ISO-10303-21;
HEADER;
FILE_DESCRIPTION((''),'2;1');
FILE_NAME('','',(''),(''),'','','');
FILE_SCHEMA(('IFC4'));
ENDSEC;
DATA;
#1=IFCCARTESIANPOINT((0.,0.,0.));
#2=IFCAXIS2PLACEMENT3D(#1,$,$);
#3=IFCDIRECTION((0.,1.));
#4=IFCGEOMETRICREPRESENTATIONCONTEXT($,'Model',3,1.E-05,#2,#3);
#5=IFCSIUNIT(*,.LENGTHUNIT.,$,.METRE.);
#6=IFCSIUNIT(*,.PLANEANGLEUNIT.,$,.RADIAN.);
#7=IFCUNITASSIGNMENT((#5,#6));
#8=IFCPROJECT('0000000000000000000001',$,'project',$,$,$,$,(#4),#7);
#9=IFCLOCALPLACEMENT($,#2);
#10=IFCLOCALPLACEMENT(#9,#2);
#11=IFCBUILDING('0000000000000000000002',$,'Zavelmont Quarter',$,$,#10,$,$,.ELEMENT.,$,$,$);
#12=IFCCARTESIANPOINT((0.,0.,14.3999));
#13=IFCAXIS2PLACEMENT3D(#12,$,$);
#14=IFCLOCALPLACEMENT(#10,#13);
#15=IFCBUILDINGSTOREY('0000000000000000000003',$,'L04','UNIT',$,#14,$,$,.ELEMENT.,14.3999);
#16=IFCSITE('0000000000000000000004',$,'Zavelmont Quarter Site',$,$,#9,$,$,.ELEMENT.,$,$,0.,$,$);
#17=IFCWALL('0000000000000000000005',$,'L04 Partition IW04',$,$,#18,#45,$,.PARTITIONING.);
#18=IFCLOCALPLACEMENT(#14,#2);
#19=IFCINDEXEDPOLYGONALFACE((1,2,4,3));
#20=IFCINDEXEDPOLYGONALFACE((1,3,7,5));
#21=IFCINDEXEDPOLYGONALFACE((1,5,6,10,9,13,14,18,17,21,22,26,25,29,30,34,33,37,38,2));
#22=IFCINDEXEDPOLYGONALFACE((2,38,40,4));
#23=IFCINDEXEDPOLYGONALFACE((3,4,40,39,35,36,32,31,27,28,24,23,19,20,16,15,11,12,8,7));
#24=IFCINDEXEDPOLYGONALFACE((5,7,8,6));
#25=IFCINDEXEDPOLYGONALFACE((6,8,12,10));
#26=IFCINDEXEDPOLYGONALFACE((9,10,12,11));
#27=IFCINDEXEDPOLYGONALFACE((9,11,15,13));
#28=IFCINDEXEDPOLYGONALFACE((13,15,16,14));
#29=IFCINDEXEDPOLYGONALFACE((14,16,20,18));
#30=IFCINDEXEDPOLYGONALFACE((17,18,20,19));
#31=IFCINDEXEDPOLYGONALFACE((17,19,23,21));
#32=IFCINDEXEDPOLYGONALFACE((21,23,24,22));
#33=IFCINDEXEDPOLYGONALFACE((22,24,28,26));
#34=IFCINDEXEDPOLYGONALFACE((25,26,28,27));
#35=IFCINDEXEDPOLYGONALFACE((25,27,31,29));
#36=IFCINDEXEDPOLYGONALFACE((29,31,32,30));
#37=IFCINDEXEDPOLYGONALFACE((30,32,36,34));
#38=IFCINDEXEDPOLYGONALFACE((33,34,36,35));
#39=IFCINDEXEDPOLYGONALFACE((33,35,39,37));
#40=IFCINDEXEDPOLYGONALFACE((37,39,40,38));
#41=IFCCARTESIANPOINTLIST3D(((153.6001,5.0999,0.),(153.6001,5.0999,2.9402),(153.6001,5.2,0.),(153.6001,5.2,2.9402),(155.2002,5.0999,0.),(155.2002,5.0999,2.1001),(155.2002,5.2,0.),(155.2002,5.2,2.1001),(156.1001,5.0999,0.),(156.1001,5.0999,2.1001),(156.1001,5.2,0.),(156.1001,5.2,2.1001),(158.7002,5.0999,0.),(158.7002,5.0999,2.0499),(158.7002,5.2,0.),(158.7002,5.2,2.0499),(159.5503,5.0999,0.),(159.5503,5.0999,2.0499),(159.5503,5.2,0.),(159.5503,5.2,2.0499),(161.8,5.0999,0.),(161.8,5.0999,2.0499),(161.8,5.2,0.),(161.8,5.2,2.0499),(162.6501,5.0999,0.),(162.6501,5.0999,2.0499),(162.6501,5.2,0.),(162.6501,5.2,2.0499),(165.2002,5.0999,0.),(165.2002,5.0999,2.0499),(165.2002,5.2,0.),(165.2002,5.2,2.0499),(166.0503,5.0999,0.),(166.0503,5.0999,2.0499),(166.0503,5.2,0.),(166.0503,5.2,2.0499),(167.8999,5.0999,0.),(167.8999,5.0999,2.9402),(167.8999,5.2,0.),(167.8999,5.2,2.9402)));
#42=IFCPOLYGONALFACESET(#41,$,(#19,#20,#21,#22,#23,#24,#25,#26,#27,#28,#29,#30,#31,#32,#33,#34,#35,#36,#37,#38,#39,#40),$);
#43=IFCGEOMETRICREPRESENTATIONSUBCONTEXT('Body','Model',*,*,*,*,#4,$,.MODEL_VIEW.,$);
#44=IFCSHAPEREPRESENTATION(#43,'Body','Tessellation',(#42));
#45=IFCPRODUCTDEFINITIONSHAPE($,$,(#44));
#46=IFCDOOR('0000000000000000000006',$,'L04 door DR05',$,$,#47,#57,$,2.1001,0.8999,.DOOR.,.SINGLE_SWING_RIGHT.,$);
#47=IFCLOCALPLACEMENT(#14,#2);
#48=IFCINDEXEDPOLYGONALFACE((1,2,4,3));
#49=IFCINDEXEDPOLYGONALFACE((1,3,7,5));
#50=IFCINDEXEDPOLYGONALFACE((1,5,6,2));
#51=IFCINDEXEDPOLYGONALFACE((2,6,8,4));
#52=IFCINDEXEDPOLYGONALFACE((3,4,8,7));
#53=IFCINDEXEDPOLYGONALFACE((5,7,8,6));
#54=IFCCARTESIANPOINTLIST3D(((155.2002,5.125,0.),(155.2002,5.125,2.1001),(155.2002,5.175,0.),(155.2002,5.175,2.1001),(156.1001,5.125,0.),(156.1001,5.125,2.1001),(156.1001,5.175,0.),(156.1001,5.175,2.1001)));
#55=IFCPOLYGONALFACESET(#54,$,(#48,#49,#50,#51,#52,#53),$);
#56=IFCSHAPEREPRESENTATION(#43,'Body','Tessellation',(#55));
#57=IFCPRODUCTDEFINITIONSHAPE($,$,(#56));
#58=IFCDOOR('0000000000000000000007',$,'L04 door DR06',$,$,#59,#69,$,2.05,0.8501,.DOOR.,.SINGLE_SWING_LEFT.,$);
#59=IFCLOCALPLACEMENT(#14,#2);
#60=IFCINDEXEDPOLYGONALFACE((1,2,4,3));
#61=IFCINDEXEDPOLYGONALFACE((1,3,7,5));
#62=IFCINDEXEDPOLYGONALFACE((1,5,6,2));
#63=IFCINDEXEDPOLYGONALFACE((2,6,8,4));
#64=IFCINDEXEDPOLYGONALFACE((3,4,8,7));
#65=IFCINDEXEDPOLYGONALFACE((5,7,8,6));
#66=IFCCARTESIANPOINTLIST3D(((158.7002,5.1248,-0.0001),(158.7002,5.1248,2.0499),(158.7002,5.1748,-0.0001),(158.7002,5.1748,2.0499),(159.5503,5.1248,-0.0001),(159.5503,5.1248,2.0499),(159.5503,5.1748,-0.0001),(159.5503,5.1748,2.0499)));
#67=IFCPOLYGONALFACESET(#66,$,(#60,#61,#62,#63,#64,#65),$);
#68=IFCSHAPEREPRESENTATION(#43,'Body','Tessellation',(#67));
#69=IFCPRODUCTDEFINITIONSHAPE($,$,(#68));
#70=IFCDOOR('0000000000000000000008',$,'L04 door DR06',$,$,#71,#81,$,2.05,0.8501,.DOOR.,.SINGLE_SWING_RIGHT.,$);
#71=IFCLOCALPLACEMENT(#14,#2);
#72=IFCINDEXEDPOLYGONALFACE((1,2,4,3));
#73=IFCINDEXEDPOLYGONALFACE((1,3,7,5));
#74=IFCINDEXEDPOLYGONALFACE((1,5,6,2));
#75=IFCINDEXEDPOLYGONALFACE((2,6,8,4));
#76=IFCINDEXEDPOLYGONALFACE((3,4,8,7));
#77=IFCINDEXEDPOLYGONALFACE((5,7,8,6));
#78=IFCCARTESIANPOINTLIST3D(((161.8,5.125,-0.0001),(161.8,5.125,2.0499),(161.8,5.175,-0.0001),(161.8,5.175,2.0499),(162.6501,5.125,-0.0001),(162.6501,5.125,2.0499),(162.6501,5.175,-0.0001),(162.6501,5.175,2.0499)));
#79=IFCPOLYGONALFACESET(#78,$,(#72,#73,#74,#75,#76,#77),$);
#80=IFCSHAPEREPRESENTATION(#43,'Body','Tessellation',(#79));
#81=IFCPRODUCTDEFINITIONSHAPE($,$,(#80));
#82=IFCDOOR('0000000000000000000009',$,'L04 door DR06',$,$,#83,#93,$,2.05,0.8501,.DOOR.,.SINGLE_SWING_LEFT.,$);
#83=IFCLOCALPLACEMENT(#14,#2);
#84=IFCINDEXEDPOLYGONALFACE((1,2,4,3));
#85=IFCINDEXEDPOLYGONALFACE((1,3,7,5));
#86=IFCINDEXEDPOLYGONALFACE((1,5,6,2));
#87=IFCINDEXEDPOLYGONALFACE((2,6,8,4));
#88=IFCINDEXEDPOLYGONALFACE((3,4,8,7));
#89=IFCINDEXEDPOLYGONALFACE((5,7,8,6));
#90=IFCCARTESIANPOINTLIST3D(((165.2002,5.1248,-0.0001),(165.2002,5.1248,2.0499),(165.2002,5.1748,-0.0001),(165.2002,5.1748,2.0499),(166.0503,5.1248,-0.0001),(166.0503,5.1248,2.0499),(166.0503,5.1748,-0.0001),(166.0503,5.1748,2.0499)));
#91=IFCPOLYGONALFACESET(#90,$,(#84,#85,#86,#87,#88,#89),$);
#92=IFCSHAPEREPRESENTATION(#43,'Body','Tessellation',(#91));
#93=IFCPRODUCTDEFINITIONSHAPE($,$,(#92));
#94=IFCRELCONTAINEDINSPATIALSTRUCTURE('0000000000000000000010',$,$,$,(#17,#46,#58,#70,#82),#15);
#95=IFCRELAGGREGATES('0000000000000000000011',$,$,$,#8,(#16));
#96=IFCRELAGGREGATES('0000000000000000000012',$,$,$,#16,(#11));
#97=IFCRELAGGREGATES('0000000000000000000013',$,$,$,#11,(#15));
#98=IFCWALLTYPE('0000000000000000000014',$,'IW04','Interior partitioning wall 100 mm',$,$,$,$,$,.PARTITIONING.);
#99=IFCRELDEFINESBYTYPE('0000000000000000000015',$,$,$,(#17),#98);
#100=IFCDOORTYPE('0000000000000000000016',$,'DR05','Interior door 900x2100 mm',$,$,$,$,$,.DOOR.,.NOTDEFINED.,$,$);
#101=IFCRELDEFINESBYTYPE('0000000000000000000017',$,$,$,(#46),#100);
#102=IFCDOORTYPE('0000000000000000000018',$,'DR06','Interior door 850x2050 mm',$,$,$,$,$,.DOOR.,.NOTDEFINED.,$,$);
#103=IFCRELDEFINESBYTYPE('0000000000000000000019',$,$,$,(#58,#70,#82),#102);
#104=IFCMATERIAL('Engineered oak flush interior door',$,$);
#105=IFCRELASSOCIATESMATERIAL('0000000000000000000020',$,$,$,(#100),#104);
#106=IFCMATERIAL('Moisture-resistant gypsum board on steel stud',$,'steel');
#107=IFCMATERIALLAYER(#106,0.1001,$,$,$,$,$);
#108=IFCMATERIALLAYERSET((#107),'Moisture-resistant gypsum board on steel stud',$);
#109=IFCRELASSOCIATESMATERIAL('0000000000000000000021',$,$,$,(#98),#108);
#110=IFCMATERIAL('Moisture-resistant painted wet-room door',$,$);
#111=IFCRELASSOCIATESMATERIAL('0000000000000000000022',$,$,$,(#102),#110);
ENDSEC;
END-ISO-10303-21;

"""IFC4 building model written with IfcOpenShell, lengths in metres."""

from ifc_helpers import new_model, si_unit, direction, frame, frame_2d, origin, origin_with_axes, place, context, subcontext, project, spatial, rectangle, extrude, material, layer, layer_set, type_object, element, fill, save


model = new_model("IFC4")

# Units and contexts
model_context = context("Model", 3, precision=1e-05, world=origin(), true_north=direction((0.0, 1.0)))
body_context = subcontext(model_context, "Body", "Model", "MODEL_VIEW")
ifc_project = project(units=[si_unit("LENGTHUNIT", "METRE"), si_unit("PLANEANGLEUNIT", "RADIAN")], contexts=[model_context])

# Site, building, storey
site_placement = place(None, origin())
site = spatial("IfcSite", under=ifc_project, at=site_placement, Name="Zavelmont Quarter Site", CompositionType="ELEMENT", RefElevation=0.0)
building_placement = place(site_placement, origin())
building = spatial("IfcBuilding", under=site, at=building_placement, Name="Zavelmont Quarter", CompositionType="ELEMENT")
storey_placement = place(building_placement, frame((0.0, 0.0, 14.3999)))
storey = spatial("IfcBuildingStorey", under=building, at=storey_placement, Name="L04", Description="UNIT", CompositionType="ELEMENT", Elevation=14.3999)

# Shared definitions
ifc_material_1 = material(Name="Engineered oak flush interior door")
door_type_1 = type_object("IfcDoorType", Name="DR05", Description="Interior door 900x2100 mm", OperationType="NOTDEFINED", PredefinedType="DOOR", material=ifc_material_1)

# Shared definitions
ifc_material_2 = material(Name="Moisture-resistant gypsum board on steel stud", Category="steel")
ifc_layer_1 = layer(ifc_material_2, 0.1001)
ifc_layer_set_1 = layer_set([ifc_layer_1], Name="Moisture-resistant gypsum board on steel stud")
wall_type_1 = type_object("IfcWallType", Name="IW04", Description="Interior partitioning wall 100 mm", PredefinedType="PARTITIONING", material=ifc_layer_set_1)

# Wall, openings, doors
wall_1_placement = place(storey_placement, frame((153.6001, 5.1499, 0.0), z_axis=(0.0, 0.0, 1.0), x_axis=(1.0, 0.0, 0.0)))
wall_1 = element("IfcWall", 1, at=wall_1_placement, inside=storey, type_object=wall_type_1, Name="L04 Partition IW04", PredefinedType="PARTITIONING", context=body_context, shape_type="SweptSolid", body=[
    extrude(rectangle(XDim=14.2998, YDim=0.1001, at=frame_2d((7.1499, 0.0))), origin(), (0.0, 0.0, 1.0), 2.9402),
])
opening_1_placement = place(wall_1_placement, frame((1.6001, 0.0, 0.0)))
opening_1 = element("IfcOpeningElement", 2, at=opening_1_placement, cuts=wall_1, PredefinedType="OPENING", context=body_context, shape_type="SweptSolid", body=[
    extrude(rectangle(XDim=0.8999, YDim=2.1001, at=frame_2d((0.45, 1.05))), frame((0.0, 0.062, 0.0), z_axis=(0.0, -1.0, 0.0), x_axis=(1.0, 0.0, 0.0)), (0.0, 0.0, 1.0), 0.124),
])
opening_2_placement = place(wall_1_placement, frame((5.1001, 0.0, 0.0)))
opening_2 = element("IfcOpeningElement", 3, at=opening_2_placement, cuts=wall_1, PredefinedType="OPENING", context=body_context, shape_type="SweptSolid", body=[
    extrude(rectangle(XDim=0.8501, YDim=2.05, at=frame_2d((0.425, 1.0249))), frame((0.0, 0.062, 0.0), z_axis=(0.0, -1.0, 0.0), x_axis=(1.0, 0.0, 0.0)), (0.0, 0.0, 1.0), 0.124),
])
opening_3_placement = place(wall_1_placement, frame((8.2, 0.0, 0.0)))
opening_3 = element("IfcOpeningElement", 4, at=opening_3_placement, cuts=wall_1, PredefinedType="OPENING", context=body_context, shape_type="SweptSolid", body=[
    extrude(rectangle(XDim=0.8501, YDim=2.05, at=frame_2d((0.425, 1.0249))), frame((0.0, 0.062, 0.0), z_axis=(0.0, -1.0, 0.0), x_axis=(1.0, 0.0, 0.0)), (0.0, 0.0, 1.0), 0.124),
])
opening_4_placement = place(wall_1_placement, frame((11.6001, 0.0, 0.0)))
opening_4 = element("IfcOpeningElement", 5, at=opening_4_placement, cuts=wall_1, PredefinedType="OPENING", context=body_context, shape_type="SweptSolid", body=[
    extrude(rectangle(XDim=0.8501, YDim=2.05, at=frame_2d((0.425, 1.0249))), frame((0.0, 0.062, 0.0), z_axis=(0.0, -1.0, 0.0), x_axis=(1.0, 0.0, 0.0)), (0.0, 0.0, 1.0), 0.124),
])
door_1_placement = place(opening_1_placement, frame((0.8999, 0.0, 0.0), z_axis=(0.0, 0.0, 1.0), x_axis=(-1.0, 0.0, 0.0)))
door_1 = element("IfcDoor", 6, at=door_1_placement, inside=storey, type_object=door_type_1, Name="L04 door DR05", OperationType="SINGLE_SWING_RIGHT", OverallHeight=2.1001, OverallWidth=0.8999, PredefinedType="DOOR", context=body_context, shape_type="SweptSolid", body=[
    extrude(rectangle(XDim=0.8999, YDim=2.1001, at=frame_2d((0.45, 1.05))), frame((0.0, 0.0249, 0.0), z_axis=(0.0, -1.0, 0.0), x_axis=(1.0, 0.0, 0.0)), (0.0, 0.0, 1.0), 0.05),
])
fill(opening_1, door_1)
ifc_material_3 = material(Name="Moisture-resistant painted wet-room door")
door_type_2 = type_object("IfcDoorType", Name="DR06", Description="Interior door 850x2050 mm", OperationType="NOTDEFINED", PredefinedType="DOOR", material=ifc_material_3)
door_2_placement = place(opening_2_placement, origin_with_axes())
door_2 = element("IfcDoor", 7, at=door_2_placement, inside=storey, type_object=door_type_2, Name="L04 door DR06", OperationType="SINGLE_SWING_LEFT", OverallHeight=2.05, OverallWidth=0.8501, PredefinedType="DOOR", context=body_context, shape_type="SweptSolid", body=[
    extrude(rectangle(XDim=0.8501, YDim=2.05, at=frame_2d((0.425, 1.0249))), frame((0.0, 0.0249, 0.0), z_axis=(0.0, -1.0, 0.0), x_axis=(1.0, 0.0, 0.0)), (0.0, 0.0, 1.0), 0.05),
])
fill(opening_2, door_2)
door_3_placement = place(opening_3_placement, frame((0.8501, 0.0, 0.0), z_axis=(0.0, 0.0, 1.0), x_axis=(-1.0, 0.0, 0.0)))
door_3 = element("IfcDoor", 8, at=door_3_placement, inside=storey, type_object=door_type_2, Name="L04 door DR06", OperationType="SINGLE_SWING_RIGHT", OverallHeight=2.05, OverallWidth=0.8501, PredefinedType="DOOR", context=body_context, shape_type="SweptSolid", body=[
    extrude(rectangle(XDim=0.8501, YDim=2.05, at=frame_2d((0.425, 1.0249))), frame((0.0, 0.0249, 0.0), z_axis=(0.0, -1.0, 0.0), x_axis=(1.0, 0.0, 0.0)), (0.0, 0.0, 1.0), 0.05),
])
fill(opening_3, door_3)
door_4_placement = place(opening_4_placement, origin_with_axes())
door_4 = element("IfcDoor", 9, at=door_4_placement, inside=storey, type_object=door_type_2, Name="L04 door DR06", OperationType="SINGLE_SWING_LEFT", OverallHeight=2.05, OverallWidth=0.8501, PredefinedType="DOOR", context=body_context, shape_type="SweptSolid", body=[
    extrude(rectangle(XDim=0.8501, YDim=2.05, at=frame_2d((0.425, 1.0249))), frame((0.0, 0.0249, 0.0), z_axis=(0.0, -1.0, 0.0), x_axis=(1.0, 0.0, 0.0)), (0.0, 0.0, 1.0), 0.05),
])
fill(opening_4, door_4)

save(model, "model.ifc")
